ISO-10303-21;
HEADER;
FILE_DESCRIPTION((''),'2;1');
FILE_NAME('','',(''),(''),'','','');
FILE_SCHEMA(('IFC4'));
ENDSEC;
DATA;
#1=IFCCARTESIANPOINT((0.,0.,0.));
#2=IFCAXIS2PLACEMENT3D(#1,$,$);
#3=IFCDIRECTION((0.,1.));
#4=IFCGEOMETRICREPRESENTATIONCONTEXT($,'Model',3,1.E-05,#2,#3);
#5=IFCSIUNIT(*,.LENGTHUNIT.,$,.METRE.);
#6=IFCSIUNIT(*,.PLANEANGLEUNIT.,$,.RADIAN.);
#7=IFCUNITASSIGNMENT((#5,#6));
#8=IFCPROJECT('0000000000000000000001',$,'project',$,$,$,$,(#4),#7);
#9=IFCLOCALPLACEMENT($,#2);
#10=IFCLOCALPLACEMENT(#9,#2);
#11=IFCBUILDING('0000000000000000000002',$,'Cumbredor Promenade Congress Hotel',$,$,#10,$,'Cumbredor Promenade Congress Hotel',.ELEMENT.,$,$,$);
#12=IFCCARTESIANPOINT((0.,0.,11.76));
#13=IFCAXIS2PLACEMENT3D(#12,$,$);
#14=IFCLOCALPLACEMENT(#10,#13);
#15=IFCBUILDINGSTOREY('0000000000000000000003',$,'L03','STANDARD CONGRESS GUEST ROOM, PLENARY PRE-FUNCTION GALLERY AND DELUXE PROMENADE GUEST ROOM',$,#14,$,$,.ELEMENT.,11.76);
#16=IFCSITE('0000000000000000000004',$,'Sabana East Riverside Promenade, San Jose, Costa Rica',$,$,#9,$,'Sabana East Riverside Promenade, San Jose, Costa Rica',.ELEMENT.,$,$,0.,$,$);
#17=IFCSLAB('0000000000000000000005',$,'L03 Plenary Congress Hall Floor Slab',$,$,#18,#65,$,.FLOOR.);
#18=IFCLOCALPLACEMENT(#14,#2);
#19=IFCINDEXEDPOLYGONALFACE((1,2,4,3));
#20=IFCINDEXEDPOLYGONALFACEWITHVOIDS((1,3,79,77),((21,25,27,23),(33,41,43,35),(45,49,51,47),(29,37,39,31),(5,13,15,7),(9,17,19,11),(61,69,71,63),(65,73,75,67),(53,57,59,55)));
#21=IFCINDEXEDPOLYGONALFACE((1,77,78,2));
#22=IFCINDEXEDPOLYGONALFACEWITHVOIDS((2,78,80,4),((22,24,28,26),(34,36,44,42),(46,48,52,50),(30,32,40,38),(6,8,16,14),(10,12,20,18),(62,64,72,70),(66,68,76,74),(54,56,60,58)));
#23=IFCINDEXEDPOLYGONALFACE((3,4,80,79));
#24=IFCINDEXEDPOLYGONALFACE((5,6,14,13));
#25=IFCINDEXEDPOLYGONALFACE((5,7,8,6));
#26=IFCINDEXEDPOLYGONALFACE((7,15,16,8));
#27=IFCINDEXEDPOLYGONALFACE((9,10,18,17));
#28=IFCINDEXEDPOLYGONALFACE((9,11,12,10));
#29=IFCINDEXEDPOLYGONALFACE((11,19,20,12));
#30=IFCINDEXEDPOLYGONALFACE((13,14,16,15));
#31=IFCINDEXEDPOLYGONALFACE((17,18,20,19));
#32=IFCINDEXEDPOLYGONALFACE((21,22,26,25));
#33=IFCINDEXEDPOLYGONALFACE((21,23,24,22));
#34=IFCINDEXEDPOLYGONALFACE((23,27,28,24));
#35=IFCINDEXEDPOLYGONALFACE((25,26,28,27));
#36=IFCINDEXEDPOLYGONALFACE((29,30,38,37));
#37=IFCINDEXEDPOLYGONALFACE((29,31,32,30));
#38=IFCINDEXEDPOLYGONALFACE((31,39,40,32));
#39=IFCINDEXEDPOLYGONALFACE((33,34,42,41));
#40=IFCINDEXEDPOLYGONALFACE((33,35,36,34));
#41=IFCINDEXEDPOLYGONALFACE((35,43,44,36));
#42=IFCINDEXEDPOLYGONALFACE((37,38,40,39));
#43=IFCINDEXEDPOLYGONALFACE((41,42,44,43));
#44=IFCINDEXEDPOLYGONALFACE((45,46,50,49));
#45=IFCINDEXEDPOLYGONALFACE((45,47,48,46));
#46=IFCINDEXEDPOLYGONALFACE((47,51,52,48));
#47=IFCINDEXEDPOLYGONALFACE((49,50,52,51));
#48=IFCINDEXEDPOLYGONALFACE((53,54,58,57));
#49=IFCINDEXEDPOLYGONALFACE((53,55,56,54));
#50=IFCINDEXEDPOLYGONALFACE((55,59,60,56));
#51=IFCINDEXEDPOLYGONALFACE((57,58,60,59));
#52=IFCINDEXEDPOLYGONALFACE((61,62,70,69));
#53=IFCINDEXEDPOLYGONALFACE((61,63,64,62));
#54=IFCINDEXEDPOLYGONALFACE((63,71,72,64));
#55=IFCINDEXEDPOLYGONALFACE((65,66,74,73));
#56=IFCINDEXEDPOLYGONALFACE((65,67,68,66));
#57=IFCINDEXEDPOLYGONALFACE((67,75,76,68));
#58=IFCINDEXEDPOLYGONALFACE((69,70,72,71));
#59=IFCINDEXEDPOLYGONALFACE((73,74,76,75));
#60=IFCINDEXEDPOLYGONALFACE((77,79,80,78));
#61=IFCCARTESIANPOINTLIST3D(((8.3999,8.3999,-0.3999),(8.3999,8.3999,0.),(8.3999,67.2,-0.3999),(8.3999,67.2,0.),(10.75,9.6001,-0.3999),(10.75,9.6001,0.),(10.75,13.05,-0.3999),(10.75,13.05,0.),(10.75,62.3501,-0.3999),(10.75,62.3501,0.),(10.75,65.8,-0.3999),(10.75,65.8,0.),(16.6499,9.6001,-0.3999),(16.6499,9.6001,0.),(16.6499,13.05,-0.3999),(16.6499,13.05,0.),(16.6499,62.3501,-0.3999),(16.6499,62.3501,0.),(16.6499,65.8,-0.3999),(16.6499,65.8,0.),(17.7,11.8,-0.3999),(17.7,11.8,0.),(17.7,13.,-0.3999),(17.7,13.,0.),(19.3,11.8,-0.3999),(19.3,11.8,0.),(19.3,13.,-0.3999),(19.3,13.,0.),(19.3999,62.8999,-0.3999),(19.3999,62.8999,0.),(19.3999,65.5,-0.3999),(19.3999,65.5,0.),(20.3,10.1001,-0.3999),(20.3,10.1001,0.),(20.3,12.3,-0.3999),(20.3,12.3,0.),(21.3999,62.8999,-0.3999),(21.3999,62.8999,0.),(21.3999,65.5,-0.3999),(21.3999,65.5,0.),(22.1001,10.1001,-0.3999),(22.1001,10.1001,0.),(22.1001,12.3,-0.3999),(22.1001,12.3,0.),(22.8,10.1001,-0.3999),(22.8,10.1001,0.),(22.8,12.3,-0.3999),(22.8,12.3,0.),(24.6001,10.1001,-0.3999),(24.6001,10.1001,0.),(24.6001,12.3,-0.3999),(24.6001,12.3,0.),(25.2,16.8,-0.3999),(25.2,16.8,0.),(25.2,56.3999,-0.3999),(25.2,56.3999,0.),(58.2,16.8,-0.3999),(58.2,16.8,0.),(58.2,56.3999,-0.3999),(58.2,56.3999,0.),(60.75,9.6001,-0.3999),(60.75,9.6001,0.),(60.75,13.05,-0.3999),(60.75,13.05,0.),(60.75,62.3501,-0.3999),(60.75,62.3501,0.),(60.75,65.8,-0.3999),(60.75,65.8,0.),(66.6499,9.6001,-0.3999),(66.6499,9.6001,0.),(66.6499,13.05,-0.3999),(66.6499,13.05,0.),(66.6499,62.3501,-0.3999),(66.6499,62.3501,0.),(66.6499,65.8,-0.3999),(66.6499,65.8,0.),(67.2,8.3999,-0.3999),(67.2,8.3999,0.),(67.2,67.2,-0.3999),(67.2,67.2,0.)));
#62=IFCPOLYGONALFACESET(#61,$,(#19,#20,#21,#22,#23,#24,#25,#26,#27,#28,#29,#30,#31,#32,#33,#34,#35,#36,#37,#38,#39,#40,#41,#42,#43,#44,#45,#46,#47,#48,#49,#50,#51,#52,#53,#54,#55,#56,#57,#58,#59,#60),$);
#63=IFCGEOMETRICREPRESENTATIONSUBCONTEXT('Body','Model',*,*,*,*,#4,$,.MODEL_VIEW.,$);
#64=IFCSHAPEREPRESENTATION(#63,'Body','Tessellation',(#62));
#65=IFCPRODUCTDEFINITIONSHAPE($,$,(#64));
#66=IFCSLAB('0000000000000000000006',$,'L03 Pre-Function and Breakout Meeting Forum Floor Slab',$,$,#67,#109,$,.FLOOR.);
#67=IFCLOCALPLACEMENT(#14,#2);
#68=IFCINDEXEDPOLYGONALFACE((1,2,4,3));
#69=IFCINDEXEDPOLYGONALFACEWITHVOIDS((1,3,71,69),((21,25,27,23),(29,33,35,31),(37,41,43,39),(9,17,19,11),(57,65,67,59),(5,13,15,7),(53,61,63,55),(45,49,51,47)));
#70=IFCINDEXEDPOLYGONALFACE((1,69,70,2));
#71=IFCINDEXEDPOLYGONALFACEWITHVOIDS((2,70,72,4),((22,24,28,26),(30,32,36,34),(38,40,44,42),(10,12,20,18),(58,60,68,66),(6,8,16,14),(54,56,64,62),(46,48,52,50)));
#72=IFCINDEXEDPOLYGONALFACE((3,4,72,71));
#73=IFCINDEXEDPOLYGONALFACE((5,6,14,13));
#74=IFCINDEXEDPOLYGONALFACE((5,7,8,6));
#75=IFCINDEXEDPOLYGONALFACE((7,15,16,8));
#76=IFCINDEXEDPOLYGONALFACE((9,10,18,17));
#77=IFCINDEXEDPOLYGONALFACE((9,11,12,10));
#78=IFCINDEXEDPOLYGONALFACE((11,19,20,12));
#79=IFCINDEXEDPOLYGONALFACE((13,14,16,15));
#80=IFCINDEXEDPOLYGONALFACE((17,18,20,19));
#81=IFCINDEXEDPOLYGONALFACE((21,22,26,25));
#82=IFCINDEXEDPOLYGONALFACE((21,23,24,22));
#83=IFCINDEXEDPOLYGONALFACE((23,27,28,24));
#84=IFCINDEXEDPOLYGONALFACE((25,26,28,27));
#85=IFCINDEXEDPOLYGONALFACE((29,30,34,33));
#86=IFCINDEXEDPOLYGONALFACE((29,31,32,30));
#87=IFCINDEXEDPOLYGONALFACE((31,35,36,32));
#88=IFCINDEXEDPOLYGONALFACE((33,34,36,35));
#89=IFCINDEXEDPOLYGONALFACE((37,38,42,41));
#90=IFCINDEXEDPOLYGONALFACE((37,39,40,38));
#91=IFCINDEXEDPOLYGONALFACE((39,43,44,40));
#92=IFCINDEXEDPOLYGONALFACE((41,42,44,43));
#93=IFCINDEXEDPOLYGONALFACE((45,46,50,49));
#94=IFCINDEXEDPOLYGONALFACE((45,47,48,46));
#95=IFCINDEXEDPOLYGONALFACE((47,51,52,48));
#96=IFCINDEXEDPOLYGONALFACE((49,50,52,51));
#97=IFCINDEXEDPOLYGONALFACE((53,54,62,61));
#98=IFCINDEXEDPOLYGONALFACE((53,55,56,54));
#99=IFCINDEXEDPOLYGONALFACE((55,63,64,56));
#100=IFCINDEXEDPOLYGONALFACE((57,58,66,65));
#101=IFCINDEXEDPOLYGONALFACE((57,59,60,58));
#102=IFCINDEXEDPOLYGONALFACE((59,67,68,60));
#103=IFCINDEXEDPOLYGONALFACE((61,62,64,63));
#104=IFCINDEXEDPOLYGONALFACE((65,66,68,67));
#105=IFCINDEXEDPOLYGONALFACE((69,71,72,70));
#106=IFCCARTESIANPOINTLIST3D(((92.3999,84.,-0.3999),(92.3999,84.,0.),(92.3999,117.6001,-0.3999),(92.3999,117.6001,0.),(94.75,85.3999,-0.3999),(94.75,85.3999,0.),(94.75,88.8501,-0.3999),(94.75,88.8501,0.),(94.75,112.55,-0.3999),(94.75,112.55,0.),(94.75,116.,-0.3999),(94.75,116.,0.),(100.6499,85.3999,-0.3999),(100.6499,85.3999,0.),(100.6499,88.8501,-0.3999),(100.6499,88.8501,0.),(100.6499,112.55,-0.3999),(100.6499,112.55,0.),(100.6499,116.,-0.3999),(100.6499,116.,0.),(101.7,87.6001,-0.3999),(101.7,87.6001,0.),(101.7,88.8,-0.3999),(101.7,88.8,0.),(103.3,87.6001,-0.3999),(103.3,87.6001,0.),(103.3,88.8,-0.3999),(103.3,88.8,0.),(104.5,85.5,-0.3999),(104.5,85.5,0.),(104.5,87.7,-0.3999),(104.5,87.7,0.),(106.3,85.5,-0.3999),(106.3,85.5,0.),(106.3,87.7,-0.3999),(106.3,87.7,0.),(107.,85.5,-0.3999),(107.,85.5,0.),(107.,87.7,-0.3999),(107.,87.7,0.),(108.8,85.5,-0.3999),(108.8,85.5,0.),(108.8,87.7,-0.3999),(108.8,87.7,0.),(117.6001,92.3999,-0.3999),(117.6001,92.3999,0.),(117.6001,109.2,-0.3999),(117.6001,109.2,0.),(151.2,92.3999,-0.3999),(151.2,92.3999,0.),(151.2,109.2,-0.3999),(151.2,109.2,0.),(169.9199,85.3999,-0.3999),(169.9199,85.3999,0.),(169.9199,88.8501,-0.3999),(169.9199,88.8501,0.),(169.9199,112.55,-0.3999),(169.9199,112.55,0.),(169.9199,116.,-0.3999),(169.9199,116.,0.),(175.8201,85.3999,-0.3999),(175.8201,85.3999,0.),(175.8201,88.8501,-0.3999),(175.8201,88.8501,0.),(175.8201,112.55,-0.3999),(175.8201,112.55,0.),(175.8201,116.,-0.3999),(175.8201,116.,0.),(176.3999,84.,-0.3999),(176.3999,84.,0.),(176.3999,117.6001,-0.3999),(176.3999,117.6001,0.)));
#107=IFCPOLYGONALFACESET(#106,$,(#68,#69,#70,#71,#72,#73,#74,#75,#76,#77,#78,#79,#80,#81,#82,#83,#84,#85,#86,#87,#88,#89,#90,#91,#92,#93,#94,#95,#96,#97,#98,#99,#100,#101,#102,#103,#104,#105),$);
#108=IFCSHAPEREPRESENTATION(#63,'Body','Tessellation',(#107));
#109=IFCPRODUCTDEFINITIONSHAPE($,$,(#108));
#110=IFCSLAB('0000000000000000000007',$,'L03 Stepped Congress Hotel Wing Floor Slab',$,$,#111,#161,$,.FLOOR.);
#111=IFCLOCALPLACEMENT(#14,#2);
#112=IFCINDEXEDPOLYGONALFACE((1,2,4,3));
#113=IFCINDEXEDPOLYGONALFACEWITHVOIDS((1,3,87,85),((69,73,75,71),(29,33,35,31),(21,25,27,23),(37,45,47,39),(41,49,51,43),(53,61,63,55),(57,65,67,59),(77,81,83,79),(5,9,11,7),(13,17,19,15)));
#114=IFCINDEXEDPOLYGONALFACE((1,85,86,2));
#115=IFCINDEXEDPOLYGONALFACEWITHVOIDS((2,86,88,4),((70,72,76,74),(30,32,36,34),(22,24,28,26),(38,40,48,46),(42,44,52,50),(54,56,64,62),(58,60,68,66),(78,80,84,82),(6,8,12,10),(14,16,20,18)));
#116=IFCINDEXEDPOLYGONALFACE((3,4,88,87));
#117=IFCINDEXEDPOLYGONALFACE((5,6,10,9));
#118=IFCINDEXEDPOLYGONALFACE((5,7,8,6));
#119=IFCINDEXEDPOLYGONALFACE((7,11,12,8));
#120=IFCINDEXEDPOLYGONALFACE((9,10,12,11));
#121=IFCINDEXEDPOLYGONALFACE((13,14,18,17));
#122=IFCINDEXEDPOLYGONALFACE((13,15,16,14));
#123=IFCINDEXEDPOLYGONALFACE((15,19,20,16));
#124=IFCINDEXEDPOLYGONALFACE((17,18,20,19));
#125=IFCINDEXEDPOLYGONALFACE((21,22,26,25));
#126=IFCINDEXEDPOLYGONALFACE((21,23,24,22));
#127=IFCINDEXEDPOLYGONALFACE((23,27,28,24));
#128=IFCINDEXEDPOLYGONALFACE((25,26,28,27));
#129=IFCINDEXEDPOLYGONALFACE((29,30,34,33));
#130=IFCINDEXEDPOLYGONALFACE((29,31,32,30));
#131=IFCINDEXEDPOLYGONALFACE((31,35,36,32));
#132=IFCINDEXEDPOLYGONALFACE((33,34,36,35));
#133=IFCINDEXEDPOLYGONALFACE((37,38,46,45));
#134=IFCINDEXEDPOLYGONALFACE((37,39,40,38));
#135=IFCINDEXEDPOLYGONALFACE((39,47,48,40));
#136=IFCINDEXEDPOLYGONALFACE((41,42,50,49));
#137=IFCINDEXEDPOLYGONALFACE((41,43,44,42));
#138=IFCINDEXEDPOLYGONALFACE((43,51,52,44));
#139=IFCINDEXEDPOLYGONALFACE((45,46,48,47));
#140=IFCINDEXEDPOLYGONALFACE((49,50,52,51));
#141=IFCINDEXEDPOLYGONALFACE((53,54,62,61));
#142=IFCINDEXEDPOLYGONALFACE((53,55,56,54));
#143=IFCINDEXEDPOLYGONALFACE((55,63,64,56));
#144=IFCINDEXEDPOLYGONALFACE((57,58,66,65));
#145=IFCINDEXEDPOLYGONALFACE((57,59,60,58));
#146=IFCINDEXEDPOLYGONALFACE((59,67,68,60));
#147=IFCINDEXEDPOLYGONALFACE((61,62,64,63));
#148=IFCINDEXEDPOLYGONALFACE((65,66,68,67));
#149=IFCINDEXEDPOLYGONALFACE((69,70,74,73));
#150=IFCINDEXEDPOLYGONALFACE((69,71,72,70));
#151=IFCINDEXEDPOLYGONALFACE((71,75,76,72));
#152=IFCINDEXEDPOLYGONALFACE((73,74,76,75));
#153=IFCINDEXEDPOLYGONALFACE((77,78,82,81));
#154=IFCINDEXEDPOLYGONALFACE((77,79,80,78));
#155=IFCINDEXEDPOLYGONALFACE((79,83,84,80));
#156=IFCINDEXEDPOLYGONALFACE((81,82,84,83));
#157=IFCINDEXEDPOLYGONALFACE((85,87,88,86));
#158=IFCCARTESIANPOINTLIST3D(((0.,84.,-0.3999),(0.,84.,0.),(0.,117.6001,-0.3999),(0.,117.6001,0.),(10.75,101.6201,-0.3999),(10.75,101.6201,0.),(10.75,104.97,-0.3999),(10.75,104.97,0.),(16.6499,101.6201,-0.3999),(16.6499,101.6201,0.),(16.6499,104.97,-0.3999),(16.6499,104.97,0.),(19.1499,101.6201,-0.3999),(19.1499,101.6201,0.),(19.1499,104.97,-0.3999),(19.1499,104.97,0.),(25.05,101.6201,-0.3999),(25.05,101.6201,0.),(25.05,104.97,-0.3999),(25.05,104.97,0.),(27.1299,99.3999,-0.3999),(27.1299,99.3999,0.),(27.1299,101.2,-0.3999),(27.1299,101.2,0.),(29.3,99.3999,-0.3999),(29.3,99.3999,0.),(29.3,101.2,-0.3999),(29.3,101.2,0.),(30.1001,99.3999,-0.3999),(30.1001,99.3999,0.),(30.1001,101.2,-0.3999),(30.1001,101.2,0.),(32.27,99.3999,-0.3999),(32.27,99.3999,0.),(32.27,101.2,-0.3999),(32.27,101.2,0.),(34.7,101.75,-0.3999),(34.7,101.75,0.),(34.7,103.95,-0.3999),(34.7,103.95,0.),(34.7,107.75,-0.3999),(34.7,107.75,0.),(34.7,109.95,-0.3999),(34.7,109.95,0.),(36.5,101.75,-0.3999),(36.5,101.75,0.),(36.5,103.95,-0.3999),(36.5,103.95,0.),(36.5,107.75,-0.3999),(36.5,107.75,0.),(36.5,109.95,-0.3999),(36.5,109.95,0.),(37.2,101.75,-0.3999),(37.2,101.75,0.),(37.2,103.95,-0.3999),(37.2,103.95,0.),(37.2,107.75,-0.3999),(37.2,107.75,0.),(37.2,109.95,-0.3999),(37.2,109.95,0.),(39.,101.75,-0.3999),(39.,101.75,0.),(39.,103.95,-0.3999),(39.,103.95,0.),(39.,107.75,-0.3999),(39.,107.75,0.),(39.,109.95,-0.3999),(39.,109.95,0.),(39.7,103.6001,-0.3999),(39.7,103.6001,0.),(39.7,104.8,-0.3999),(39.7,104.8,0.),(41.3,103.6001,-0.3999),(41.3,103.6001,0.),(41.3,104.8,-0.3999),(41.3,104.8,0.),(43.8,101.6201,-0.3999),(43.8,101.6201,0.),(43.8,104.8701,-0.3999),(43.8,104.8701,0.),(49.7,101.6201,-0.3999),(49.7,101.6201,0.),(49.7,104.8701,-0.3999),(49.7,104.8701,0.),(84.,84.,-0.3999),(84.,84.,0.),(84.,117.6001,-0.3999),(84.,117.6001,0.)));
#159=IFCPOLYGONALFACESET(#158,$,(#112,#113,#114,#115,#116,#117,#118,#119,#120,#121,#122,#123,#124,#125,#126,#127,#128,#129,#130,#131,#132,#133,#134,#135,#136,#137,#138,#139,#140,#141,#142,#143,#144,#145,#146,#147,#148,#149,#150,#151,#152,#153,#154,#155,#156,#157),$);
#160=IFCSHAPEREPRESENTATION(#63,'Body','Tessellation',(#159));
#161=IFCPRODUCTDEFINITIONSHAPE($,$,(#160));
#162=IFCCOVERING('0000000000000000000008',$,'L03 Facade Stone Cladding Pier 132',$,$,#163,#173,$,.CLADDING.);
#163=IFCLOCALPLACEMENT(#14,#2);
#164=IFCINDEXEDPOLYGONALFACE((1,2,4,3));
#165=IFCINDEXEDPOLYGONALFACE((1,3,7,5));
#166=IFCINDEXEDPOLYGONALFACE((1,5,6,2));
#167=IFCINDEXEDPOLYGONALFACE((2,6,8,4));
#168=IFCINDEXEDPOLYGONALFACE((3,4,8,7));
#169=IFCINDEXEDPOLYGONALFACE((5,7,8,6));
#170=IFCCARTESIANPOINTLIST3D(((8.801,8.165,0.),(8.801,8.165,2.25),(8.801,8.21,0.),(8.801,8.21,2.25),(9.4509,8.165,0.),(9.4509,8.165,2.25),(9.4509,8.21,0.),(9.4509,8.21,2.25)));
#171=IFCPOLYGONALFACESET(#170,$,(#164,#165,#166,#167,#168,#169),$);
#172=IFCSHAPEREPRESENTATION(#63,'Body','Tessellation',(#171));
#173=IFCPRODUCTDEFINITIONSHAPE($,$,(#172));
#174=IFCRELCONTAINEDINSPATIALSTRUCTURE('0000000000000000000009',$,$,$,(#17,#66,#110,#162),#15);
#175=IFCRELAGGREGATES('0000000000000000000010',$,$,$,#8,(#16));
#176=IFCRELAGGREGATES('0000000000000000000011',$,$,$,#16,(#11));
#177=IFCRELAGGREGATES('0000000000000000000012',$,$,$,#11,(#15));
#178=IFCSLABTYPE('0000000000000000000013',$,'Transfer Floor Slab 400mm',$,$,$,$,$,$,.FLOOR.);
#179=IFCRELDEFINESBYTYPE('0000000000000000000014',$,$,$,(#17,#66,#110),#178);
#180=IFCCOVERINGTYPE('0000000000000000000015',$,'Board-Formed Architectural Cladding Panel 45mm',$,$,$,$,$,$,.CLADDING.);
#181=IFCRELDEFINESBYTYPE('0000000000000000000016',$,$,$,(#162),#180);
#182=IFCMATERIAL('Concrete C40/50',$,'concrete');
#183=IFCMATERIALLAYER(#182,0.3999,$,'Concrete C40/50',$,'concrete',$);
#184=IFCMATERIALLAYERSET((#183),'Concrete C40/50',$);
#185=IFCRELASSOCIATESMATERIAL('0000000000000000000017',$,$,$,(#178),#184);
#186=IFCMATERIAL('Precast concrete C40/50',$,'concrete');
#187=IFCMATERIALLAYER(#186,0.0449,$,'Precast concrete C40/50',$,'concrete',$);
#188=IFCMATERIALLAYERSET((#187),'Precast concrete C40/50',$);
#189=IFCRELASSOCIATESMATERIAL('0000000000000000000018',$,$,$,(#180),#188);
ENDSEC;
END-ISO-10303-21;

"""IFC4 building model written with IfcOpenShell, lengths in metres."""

from ifc_helpers import new_model, si_unit, direction, frame, origin, place, context, subcontext, project, spatial, polyline, outline, extrude, material, layer, layer_set, type_object, element, save


model = new_model("IFC4")

# Units and contexts
model_context = context("Model", 3, precision=1e-05, world=origin(), true_north=direction((0.0, 1.0)))
body_context = subcontext(model_context, "Body", "Model", "MODEL_VIEW")
ifc_project = project(units=[si_unit("LENGTHUNIT", "METRE"), si_unit("PLANEANGLEUNIT", "RADIAN")], contexts=[model_context])

# Site, building, storey
site_placement = place(None, origin())
site = spatial("IfcSite", under=ifc_project, at=site_placement, Name="Sabana East Riverside Promenade, San Jose, Costa Rica", LongName="Sabana East Riverside Promenade, San Jose, Costa Rica", CompositionType="ELEMENT", RefElevation=0.0)
building_placement = place(site_placement, origin())
building = spatial("IfcBuilding", under=site, at=building_placement, Name="Cumbredor Promenade Congress Hotel", LongName="Cumbredor Promenade Congress Hotel", CompositionType="ELEMENT")
storey_placement = place(building_placement, frame((0.0, 0.0, 11.76)))
storey = spatial("IfcBuildingStorey", under=building, at=storey_placement, Name="L03", Description="STANDARD CONGRESS GUEST ROOM, PLENARY PRE-FUNCTION GALLERY AND DELUXE PROMENADE GUEST ROOM", CompositionType="ELEMENT", Elevation=11.76)

# Slabs
ifc_material_1 = material(Name="Concrete C40/50", Category="concrete")
ifc_layer_1 = layer(ifc_material_1, 0.3999, Name="Concrete C40/50", Category="concrete")
ifc_layer_set_1 = layer_set([ifc_layer_1], Name="Concrete C40/50")
slab_type_1 = type_object("IfcSlabType", Name="Transfer Floor Slab 400mm", PredefinedType="FLOOR", material=ifc_layer_set_1)
slab_1_placement = place(storey_placement, frame((0.0, 0.0, -0.3999)))
element("IfcSlab", 1, at=slab_1_placement, inside=storey, type_object=slab_type_1, Name="L03 Plenary Congress Hall Floor Slab", PredefinedType="FLOOR", context=body_context, shape_type="SweptSolid", body=[
    extrude(outline(polyline([(8.3999, 8.3999), (67.2, 8.3999), (67.2, 67.2), (8.3999, 67.2), (8.3999, 8.3999)]), holes=[polyline([(10.75, 9.6001), (16.6499, 9.6001), (16.6499, 13.05), (10.75, 13.05), (10.75, 9.6001)]), polyline([(60.75, 9.6001), (66.6499, 9.6001), (66.6499, 13.05), (60.75, 13.05), (60.75, 9.6001)]), polyline([(10.75, 62.3501), (16.6499, 62.3501), (16.6499, 65.8), (10.75, 65.8), (10.75, 62.3501)]), polyline([(60.75, 62.3501), (66.6499, 62.3501), (66.6499, 65.8), (60.75, 65.8), (60.75, 62.3501)]), polyline([(20.3, 10.1001), (22.1001, 10.1001), (22.1001, 12.3), (20.3, 12.3), (20.3, 10.1001)]), polyline([(22.8, 10.1001), (24.6001, 10.1001), (24.6001, 12.3), (22.8, 12.3), (22.8, 10.1001)]), polyline([(19.3999, 62.8999), (21.3999, 62.8999), (21.3999, 65.5), (19.3999, 65.5), (19.3999, 62.8999)]), polyline([(17.7, 11.8), (19.3, 11.8), (19.3, 13.0), (17.7, 13.0), (17.7, 11.8)]), polyline([(25.2, 16.8), (58.2, 16.8), (58.2, 56.3999), (25.2, 56.3999), (25.2, 16.8)])]), origin(), (0.0, 0.0, 1.0), 0.3999),
])
slab_2_placement = place(storey_placement, frame((0.0, 0.0, -0.3999)))
element("IfcSlab", 2, at=slab_2_placement, inside=storey, type_object=slab_type_1, Name="L03 Pre-Function and Breakout Meeting Forum Floor Slab", PredefinedType="FLOOR", context=body_context, shape_type="SweptSolid", body=[
    extrude(outline(polyline([(92.3999, 84.0), (176.3999, 84.0), (176.3999, 117.6001), (92.3999, 117.6001), (92.3999, 84.0)]), holes=[polyline([(94.75, 85.3999), (100.6499, 85.3999), (100.6499, 88.8501), (94.75, 88.8501), (94.75, 85.3999)]), polyline([(169.9199, 85.3999), (175.8201, 85.3999), (175.8201, 88.8501), (169.9199, 88.8501), (169.9199, 85.3999)]), polyline([(94.75, 112.55), (100.6499, 112.55), (100.6499, 116.0), (94.75, 116.0), (94.75, 112.55)]), polyline([(169.9199, 112.55), (175.8201, 112.55), (175.8201, 116.0), (169.9199, 116.0), (169.9199, 112.55)]), polyline([(104.5, 85.5), (106.3, 85.5), (106.3, 87.7), (104.5, 87.7), (104.5, 85.5)]), polyline([(107.0, 85.5), (108.8, 85.5), (108.8, 87.7), (107.0, 87.7), (107.0, 85.5)]), polyline([(101.7, 87.6001), (103.3, 87.6001), (103.3, 88.8), (101.7, 88.8), (101.7, 87.6001)]), polyline([(117.6001, 92.3999), (151.2, 92.3999), (151.2, 109.2), (117.6001, 109.2), (117.6001, 92.3999)])]), origin(), (0.0, 0.0, 1.0), 0.3999),
])
slab_3_placement = place(storey_placement, frame((0.0, 0.0, -0.3999)))
element("IfcSlab", 3, at=slab_3_placement, inside=storey, type_object=slab_type_1, Name="L03 Stepped Congress Hotel Wing Floor Slab", PredefinedType="FLOOR", context=body_context, shape_type="SweptSolid", body=[
    extrude(outline(polyline([(0.0, 84.0), (84.0, 84.0), (84.0, 117.6001), (0.0, 117.6001), (0.0, 84.0)]), holes=[polyline([(10.75, 101.6201), (16.6499, 101.6201), (16.6499, 104.97), (10.75, 104.97), (10.75, 101.6201)]), polyline([(19.1499, 101.6201), (25.05, 101.6201), (25.05, 104.97), (19.1499, 104.97), (19.1499, 101.6201)]), polyline([(43.8, 101.6201), (49.7, 101.6201), (49.7, 104.8701), (43.8, 104.8701), (43.8, 101.6201)]), polyline([(27.1299, 99.3999), (29.3, 99.3999), (29.3, 101.2), (27.1299, 101.2), (27.1299, 99.3999)]), polyline([(30.1001, 99.3999), (32.27, 99.3999), (32.27, 101.2), (30.1001, 101.2), (30.1001, 99.3999)]), polyline([(34.7, 107.75), (36.5, 107.75), (36.5, 109.95), (34.7, 109.95), (34.7, 107.75)]), polyline([(37.2, 107.75), (39.0, 107.75), (39.0, 109.95), (37.2, 109.95), (37.2, 107.75)]), polyline([(34.7, 101.75), (36.5, 101.75), (36.5, 103.95), (34.7, 103.95), (34.7, 101.75)]), polyline([(37.2, 101.75), (39.0, 101.75), (39.0, 103.95), (37.2, 103.95), (37.2, 101.75)]), polyline([(39.7, 103.6001), (41.3, 103.6001), (41.3, 104.8), (39.7, 104.8), (39.7, 103.6001)])]), origin(), (0.0, 0.0, 1.0), 0.3999),
])

# Covering
ifc_material_2 = material(Name="Precast concrete C40/50", Category="concrete")
ifc_layer_2 = layer(ifc_material_2, 0.0449, Name="Precast concrete C40/50", Category="concrete")
ifc_layer_set_2 = layer_set([ifc_layer_2], Name="Precast concrete C40/50")
covering_type_1 = type_object("IfcCoveringType", Name="Board-Formed Architectural Cladding Panel 45mm", PredefinedType="CLADDING", material=ifc_layer_set_2)
covering_1_placement = place(storey_placement, origin())
element("IfcCovering", 4, at=covering_1_placement, inside=storey, type_object=covering_type_1, Name="L03 Facade Stone Cladding Pier 132", PredefinedType="CLADDING", context=body_context, shape_type="SweptSolid", body=[
    extrude(outline(polyline([(8.801, 8.21), (9.4509, 8.21), (9.4509, 8.165), (8.801, 8.165), (8.801, 8.21)])), origin(), (0.0, 0.0, 1.0), 2.25),
])

save(model, "model.ifc")
